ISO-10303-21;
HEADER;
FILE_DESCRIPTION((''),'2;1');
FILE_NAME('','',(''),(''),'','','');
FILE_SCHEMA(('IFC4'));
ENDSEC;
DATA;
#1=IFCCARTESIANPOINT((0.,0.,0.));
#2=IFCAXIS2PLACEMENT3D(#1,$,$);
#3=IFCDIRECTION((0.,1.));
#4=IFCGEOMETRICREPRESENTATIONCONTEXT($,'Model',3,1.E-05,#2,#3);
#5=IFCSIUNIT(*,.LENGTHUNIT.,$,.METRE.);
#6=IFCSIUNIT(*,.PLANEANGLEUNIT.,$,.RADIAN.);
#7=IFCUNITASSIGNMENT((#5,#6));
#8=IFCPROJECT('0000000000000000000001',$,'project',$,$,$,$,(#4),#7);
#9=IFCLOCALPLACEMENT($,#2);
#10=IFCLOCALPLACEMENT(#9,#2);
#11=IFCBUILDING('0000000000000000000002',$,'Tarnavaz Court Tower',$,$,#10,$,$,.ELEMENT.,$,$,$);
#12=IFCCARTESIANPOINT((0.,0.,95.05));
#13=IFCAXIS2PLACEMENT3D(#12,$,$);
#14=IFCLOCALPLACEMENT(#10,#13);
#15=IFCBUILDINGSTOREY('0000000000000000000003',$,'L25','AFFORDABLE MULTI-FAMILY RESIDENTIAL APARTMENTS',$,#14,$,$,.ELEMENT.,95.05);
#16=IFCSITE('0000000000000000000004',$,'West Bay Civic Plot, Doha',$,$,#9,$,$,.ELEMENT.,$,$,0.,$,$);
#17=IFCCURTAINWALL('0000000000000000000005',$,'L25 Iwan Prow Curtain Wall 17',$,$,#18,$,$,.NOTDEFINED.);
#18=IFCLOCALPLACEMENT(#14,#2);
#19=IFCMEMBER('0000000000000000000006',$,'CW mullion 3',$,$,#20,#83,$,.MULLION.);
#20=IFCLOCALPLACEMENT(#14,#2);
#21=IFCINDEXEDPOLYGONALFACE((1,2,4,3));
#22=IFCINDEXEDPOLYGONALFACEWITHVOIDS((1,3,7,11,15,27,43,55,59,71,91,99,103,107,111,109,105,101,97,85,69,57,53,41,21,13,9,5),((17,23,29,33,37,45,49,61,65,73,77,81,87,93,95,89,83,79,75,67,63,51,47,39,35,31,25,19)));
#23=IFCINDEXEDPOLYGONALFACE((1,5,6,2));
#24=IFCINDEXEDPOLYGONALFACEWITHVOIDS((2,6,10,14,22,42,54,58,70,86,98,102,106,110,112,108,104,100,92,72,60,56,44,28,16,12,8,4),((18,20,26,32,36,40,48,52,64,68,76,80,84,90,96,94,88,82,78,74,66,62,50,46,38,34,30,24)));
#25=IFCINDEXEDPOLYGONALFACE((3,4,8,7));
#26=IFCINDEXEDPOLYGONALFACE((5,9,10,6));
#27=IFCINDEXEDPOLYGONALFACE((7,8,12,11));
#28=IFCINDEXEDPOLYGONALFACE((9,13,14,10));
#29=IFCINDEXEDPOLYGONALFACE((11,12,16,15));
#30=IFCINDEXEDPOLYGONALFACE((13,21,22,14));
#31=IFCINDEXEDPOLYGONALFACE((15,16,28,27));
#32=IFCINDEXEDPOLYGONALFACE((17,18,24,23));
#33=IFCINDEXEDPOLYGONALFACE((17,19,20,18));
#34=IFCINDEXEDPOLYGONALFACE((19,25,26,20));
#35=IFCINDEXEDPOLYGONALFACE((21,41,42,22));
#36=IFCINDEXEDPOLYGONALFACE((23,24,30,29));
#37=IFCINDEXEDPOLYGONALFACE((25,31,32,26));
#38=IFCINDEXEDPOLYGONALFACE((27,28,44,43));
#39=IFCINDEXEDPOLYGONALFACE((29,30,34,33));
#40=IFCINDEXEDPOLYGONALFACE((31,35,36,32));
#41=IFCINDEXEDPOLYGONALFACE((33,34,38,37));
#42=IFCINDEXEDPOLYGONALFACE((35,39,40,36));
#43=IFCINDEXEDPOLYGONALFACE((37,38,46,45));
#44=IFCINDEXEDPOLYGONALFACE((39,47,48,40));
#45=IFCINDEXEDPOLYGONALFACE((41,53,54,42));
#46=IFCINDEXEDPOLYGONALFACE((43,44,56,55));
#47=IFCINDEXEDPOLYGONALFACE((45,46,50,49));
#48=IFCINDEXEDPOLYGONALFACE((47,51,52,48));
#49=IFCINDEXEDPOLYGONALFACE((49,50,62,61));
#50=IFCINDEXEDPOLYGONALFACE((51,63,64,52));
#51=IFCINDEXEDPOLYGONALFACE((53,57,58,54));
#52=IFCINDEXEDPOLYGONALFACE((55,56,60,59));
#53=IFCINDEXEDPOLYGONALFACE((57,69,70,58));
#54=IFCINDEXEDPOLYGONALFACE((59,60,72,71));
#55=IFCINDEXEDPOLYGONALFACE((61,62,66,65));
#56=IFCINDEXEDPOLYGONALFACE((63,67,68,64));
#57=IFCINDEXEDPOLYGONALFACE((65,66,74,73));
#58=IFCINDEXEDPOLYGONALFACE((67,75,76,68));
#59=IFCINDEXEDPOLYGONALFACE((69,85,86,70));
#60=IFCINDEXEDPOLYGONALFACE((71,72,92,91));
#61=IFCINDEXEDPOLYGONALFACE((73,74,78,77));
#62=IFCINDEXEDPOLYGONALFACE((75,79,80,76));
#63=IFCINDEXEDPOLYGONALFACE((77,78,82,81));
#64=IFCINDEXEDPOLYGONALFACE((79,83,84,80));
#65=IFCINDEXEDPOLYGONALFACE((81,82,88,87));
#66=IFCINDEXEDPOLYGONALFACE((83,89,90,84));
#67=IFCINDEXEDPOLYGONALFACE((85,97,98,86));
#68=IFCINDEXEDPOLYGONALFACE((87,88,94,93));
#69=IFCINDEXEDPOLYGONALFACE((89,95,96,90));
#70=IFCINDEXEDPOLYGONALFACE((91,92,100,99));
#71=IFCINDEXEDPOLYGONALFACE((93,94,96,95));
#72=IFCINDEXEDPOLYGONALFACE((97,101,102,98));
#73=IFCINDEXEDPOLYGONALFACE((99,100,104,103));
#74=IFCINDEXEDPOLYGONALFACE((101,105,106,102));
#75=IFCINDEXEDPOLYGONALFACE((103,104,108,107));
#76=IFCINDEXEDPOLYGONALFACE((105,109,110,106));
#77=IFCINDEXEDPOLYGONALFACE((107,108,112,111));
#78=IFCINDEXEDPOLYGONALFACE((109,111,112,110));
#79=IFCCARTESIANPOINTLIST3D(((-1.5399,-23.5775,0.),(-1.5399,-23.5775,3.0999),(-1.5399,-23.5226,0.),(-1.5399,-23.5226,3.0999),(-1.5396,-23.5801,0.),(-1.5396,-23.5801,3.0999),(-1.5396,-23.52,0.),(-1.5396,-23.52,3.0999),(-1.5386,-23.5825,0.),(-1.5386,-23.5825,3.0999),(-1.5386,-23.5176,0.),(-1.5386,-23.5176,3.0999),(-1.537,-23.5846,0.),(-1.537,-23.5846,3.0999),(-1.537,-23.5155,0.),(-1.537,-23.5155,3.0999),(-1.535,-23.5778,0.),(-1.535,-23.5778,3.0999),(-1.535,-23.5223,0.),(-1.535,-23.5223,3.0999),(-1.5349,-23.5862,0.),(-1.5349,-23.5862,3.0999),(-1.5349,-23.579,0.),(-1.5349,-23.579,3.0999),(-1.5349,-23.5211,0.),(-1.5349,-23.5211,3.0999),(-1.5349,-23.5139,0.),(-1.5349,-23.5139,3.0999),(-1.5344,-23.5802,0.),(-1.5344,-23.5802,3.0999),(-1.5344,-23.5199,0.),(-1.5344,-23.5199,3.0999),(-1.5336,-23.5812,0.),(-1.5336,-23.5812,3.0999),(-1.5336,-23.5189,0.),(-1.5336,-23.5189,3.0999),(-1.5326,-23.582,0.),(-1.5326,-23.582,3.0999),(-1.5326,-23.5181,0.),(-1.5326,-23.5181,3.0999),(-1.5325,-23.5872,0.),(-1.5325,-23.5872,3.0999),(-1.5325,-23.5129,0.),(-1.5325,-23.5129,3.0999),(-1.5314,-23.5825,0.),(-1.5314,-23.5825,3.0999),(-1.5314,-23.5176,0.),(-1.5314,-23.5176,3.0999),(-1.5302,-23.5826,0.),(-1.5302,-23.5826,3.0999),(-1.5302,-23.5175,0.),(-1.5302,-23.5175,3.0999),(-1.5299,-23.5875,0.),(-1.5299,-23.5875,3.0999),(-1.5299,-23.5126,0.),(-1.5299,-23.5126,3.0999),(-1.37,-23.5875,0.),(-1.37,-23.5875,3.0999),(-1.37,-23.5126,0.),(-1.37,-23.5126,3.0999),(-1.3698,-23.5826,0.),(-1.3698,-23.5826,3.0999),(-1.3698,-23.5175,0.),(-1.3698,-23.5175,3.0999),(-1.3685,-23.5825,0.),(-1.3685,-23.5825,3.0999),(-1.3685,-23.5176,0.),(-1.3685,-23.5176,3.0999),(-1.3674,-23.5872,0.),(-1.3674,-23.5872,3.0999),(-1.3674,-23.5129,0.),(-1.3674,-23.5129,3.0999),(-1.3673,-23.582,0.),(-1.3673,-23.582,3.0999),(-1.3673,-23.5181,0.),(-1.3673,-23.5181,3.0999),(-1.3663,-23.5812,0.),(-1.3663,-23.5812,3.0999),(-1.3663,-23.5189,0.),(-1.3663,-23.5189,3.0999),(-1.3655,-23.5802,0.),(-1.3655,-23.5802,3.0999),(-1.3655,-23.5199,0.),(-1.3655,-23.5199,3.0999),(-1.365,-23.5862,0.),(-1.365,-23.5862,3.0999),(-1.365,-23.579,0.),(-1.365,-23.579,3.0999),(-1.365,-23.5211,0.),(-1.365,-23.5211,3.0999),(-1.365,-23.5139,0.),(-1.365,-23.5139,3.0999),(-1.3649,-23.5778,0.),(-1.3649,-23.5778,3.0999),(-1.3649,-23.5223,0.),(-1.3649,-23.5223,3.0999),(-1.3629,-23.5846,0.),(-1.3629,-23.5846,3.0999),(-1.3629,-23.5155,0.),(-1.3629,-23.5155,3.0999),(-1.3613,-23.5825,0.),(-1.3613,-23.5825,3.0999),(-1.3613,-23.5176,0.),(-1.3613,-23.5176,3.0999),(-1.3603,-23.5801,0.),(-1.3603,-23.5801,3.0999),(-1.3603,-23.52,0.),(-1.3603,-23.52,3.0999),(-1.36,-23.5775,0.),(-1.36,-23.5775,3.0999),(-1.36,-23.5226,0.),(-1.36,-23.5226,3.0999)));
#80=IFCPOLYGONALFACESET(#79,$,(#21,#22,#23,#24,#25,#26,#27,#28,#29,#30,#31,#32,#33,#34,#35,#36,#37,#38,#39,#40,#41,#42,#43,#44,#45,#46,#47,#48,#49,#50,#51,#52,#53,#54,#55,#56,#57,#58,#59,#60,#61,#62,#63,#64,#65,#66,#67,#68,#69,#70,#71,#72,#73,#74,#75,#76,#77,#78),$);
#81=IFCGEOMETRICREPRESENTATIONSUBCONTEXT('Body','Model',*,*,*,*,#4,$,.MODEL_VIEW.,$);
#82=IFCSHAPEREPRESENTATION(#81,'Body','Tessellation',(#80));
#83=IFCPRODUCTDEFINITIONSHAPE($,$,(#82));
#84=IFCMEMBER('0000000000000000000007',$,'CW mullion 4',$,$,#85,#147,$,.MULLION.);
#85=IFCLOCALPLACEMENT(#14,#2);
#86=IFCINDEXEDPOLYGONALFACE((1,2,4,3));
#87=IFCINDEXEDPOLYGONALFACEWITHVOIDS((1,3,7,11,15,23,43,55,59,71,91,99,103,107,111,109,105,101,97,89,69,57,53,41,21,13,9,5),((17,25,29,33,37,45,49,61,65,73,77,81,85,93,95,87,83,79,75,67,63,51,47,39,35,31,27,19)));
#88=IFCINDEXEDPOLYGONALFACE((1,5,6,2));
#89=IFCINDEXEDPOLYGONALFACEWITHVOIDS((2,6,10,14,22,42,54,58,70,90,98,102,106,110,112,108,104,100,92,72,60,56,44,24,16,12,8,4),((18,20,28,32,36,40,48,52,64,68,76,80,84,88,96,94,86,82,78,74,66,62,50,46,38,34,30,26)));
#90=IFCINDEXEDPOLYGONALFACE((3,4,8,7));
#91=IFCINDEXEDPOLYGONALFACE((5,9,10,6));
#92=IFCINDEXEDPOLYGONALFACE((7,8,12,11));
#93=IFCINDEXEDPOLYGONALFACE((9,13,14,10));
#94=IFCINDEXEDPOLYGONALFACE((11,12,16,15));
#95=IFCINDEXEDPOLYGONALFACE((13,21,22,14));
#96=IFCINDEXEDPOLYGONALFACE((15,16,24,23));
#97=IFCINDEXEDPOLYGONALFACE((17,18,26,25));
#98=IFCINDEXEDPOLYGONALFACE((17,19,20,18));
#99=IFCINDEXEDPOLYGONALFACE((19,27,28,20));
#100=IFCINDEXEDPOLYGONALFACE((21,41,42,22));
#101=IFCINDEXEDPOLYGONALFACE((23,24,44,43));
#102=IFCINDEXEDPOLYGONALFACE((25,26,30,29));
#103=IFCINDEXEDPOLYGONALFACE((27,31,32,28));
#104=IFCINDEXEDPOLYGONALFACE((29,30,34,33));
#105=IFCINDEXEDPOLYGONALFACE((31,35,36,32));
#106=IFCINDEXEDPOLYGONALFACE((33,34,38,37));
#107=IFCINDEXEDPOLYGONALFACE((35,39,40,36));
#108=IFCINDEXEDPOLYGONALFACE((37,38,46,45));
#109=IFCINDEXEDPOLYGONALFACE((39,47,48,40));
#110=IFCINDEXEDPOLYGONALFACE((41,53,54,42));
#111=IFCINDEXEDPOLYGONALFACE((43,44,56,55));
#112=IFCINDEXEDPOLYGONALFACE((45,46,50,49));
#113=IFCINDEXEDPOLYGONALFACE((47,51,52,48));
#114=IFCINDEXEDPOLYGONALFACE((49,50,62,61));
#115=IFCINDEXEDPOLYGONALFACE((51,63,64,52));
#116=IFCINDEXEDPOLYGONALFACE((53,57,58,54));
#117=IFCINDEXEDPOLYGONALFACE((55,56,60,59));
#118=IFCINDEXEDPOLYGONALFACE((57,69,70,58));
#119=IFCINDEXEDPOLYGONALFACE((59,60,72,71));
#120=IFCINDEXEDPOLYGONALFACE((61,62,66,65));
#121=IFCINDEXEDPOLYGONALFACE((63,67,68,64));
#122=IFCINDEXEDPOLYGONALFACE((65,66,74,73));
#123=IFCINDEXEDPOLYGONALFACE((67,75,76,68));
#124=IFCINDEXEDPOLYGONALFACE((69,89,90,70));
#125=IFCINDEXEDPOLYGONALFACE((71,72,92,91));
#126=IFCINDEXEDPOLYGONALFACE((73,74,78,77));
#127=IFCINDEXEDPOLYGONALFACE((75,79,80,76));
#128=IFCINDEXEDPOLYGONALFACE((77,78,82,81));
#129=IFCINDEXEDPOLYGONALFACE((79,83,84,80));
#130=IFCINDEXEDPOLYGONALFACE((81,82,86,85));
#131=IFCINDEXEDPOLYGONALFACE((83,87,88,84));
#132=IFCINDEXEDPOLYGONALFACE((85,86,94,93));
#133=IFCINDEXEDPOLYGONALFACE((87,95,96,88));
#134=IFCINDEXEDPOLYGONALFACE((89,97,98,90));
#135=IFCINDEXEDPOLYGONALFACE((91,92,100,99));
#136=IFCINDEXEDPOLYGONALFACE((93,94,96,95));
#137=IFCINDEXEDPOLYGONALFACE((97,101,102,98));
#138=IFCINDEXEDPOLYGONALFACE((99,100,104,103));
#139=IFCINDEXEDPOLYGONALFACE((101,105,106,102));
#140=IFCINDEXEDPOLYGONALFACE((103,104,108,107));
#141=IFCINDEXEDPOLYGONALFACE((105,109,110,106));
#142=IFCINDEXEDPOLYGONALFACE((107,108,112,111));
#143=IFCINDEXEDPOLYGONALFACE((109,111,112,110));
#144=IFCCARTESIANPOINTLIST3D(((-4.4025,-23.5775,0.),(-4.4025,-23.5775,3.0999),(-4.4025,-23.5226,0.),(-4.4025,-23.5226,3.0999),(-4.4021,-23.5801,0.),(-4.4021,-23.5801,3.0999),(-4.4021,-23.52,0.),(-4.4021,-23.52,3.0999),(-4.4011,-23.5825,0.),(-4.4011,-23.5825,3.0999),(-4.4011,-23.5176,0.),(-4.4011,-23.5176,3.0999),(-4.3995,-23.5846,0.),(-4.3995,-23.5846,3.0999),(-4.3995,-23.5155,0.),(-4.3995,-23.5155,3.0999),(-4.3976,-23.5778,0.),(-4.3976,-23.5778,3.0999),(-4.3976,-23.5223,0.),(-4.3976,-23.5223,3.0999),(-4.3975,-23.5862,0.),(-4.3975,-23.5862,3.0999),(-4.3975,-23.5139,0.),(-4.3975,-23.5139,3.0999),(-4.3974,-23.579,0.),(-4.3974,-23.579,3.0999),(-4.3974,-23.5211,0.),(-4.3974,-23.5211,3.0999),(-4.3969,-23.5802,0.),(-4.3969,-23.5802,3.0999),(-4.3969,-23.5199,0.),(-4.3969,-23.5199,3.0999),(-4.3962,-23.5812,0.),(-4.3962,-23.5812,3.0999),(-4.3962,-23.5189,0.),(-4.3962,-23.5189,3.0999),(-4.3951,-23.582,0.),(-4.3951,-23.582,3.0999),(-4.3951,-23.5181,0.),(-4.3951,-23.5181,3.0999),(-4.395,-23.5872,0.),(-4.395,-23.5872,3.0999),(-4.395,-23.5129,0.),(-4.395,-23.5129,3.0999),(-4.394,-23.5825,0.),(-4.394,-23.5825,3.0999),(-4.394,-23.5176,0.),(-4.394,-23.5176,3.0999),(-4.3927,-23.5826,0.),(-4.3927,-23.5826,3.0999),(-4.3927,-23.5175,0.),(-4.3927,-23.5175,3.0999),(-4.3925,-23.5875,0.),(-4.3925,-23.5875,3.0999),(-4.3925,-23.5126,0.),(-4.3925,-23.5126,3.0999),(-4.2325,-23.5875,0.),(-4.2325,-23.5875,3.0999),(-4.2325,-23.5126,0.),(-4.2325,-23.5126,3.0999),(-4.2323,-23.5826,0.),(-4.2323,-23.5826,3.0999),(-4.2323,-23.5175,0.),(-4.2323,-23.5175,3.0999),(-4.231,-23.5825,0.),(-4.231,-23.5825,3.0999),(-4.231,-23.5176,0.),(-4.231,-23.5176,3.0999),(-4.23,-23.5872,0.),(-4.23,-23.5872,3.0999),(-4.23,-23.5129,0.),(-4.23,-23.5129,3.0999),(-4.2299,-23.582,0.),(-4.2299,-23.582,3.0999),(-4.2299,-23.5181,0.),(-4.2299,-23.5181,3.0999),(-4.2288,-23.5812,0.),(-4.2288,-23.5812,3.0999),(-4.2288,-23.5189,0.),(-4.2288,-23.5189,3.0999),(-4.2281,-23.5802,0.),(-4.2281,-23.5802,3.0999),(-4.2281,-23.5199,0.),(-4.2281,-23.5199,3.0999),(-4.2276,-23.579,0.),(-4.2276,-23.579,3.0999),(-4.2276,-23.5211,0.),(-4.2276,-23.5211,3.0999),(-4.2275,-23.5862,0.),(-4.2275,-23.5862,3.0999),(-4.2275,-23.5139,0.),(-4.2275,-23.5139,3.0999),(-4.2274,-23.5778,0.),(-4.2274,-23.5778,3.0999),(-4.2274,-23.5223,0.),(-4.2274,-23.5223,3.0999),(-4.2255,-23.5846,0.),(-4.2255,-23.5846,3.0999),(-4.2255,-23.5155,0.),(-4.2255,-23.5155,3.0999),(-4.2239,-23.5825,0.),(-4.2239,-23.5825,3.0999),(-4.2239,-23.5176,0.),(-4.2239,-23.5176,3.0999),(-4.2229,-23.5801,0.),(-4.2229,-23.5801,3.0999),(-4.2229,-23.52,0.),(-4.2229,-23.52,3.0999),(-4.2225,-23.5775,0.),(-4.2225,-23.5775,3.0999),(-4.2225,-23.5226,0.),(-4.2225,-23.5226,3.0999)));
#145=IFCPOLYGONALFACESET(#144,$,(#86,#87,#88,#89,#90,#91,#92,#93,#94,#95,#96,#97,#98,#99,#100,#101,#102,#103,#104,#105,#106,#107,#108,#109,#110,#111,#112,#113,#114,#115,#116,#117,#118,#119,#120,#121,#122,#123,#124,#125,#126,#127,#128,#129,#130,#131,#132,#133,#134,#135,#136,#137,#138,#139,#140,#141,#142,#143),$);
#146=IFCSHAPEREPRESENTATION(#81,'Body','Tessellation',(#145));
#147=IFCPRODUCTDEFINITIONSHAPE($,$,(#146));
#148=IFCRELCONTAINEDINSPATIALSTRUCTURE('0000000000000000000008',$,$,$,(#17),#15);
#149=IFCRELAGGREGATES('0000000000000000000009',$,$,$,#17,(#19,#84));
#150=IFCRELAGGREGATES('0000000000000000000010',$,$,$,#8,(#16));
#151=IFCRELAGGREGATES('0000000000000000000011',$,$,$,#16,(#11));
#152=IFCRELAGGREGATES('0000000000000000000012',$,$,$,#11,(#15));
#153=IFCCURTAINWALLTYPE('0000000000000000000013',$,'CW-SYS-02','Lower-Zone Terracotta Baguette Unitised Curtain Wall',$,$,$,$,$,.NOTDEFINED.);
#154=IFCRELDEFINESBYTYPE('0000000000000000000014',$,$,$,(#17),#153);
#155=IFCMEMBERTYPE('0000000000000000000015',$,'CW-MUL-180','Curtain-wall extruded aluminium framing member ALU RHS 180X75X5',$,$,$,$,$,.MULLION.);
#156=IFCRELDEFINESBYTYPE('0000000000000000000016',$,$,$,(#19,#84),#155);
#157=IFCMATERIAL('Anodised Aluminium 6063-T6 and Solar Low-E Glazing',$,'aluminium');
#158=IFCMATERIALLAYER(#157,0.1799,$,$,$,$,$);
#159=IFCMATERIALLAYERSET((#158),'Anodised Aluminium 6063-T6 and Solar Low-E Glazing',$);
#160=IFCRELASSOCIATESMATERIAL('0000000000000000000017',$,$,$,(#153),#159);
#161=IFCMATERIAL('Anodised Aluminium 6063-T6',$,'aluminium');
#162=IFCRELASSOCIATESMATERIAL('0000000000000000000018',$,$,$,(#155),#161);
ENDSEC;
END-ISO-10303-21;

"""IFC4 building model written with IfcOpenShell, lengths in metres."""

from ifc_helpers import new_model, si_unit, direction, frame, origin, origin_2d, place, context, subcontext, project, spatial, hollow_rectangle, extrude, material, layer, layer_set, material_profile, profile_set, type_object, element, aggregate, save


model = new_model("IFC4")

# Units and contexts
model_context = context("Model", 3, precision=1e-05, world=origin(), true_north=direction((0.0, 1.0)))
body_context = subcontext(model_context, "Body", "Model", "MODEL_VIEW")
ifc_project = project(units=[si_unit("LENGTHUNIT", "METRE"), si_unit("PLANEANGLEUNIT", "RADIAN")], contexts=[model_context])

# Site, building, storey
site_placement = place(None, origin())
site = spatial("IfcSite", under=ifc_project, at=site_placement, Name="West Bay Civic Plot, Doha", CompositionType="ELEMENT", RefElevation=0.0)
building_placement = place(site_placement, origin())
building = spatial("IfcBuilding", under=site, at=building_placement, Name="Tarnavaz Court Tower", CompositionType="ELEMENT")
storey_placement = place(building_placement, frame((0.0, 0.0, 95.05)))
storey = spatial("IfcBuildingStorey", under=building, at=storey_placement, Name="L25", Description="AFFORDABLE MULTI-FAMILY RESIDENTIAL APARTMENTS", CompositionType="ELEMENT", Elevation=95.05)

# Curtain wall, members
ifc_material_1 = material(Name="Anodised Aluminium 6063-T6 and Solar Low-E Glazing", Category="aluminium")
ifc_layer_1 = layer(ifc_material_1, 0.1799)
ifc_layer_set_1 = layer_set([ifc_layer_1], Name="Anodised Aluminium 6063-T6 and Solar Low-E Glazing")
curtain_wall_type = type_object("IfcCurtainWallType", Name="CW-SYS-02", Description="Lower-Zone Terracotta Baguette Unitised Curtain Wall", PredefinedType="NOTDEFINED", material=ifc_layer_set_1)
curtain_wall_placement = place(storey_placement, origin())
curtain_wall = element("IfcCurtainWall", 1, at=curtain_wall_placement, inside=storey, type_object=curtain_wall_type, Name="L25 Iwan Prow Curtain Wall 17", PredefinedType="NOTDEFINED")
ifc_material_2 = material(Name="Anodised Aluminium 6063-T6", Category="aluminium")
ifc_material_profile_1 = material_profile(ifc_material_2, hollow_rectangle(XDim=0.075, YDim=0.1799, WallThickness=0.0049, InnerFilletRadius=0.0049, OuterFilletRadius=0.01, at=origin_2d()), Name="ALU RHS 180X75X5")
ifc_profile_set_1 = profile_set([ifc_material_profile_1], Name="Anodised Aluminium 6063-T6")
member_type_1 = type_object("IfcMemberType", Name="CW-MUL-180", Description="Curtain-wall extruded aluminium framing member ALU RHS 180X75X5", PredefinedType="MULLION", material=ifc_profile_set_1)
member_1_placement = place(storey_placement, frame((-1.45, -23.55, 0.0), z_axis=(0.0, 0.0, 1.0), x_axis=(0.0, -1.0, 0.0)))
member_1 = element("IfcMember", 2, at=member_1_placement, type_object=member_type_1, Name="CW mullion 3", PredefinedType="MULLION", context=body_context, shape_type="SweptSolid", body=[
    extrude(hollow_rectangle(XDim=0.075, YDim=0.1799, WallThickness=0.0049, InnerFilletRadius=0.0049, OuterFilletRadius=0.01, at=origin_2d()), origin(), (0.0, 0.0, 1.0), 3.0999),
])
member_2_placement = place(storey_placement, frame((-4.3125, -23.55, 0.0), z_axis=(0.0, 0.0, 1.0), x_axis=(0.0, -1.0, 0.0)))
member_2 = element("IfcMember", 3, at=member_2_placement, type_object=member_type_1, Name="CW mullion 4", PredefinedType="MULLION", context=body_context, shape_type="SweptSolid", body=[
    extrude(hollow_rectangle(XDim=0.075, YDim=0.1799, WallThickness=0.0049, InnerFilletRadius=0.0049, OuterFilletRadius=0.01, at=origin_2d()), origin(), (0.0, 0.0, 1.0), 3.0999),
])
aggregate(curtain_wall, [member_1, member_2])

save(model, "model.ifc")
